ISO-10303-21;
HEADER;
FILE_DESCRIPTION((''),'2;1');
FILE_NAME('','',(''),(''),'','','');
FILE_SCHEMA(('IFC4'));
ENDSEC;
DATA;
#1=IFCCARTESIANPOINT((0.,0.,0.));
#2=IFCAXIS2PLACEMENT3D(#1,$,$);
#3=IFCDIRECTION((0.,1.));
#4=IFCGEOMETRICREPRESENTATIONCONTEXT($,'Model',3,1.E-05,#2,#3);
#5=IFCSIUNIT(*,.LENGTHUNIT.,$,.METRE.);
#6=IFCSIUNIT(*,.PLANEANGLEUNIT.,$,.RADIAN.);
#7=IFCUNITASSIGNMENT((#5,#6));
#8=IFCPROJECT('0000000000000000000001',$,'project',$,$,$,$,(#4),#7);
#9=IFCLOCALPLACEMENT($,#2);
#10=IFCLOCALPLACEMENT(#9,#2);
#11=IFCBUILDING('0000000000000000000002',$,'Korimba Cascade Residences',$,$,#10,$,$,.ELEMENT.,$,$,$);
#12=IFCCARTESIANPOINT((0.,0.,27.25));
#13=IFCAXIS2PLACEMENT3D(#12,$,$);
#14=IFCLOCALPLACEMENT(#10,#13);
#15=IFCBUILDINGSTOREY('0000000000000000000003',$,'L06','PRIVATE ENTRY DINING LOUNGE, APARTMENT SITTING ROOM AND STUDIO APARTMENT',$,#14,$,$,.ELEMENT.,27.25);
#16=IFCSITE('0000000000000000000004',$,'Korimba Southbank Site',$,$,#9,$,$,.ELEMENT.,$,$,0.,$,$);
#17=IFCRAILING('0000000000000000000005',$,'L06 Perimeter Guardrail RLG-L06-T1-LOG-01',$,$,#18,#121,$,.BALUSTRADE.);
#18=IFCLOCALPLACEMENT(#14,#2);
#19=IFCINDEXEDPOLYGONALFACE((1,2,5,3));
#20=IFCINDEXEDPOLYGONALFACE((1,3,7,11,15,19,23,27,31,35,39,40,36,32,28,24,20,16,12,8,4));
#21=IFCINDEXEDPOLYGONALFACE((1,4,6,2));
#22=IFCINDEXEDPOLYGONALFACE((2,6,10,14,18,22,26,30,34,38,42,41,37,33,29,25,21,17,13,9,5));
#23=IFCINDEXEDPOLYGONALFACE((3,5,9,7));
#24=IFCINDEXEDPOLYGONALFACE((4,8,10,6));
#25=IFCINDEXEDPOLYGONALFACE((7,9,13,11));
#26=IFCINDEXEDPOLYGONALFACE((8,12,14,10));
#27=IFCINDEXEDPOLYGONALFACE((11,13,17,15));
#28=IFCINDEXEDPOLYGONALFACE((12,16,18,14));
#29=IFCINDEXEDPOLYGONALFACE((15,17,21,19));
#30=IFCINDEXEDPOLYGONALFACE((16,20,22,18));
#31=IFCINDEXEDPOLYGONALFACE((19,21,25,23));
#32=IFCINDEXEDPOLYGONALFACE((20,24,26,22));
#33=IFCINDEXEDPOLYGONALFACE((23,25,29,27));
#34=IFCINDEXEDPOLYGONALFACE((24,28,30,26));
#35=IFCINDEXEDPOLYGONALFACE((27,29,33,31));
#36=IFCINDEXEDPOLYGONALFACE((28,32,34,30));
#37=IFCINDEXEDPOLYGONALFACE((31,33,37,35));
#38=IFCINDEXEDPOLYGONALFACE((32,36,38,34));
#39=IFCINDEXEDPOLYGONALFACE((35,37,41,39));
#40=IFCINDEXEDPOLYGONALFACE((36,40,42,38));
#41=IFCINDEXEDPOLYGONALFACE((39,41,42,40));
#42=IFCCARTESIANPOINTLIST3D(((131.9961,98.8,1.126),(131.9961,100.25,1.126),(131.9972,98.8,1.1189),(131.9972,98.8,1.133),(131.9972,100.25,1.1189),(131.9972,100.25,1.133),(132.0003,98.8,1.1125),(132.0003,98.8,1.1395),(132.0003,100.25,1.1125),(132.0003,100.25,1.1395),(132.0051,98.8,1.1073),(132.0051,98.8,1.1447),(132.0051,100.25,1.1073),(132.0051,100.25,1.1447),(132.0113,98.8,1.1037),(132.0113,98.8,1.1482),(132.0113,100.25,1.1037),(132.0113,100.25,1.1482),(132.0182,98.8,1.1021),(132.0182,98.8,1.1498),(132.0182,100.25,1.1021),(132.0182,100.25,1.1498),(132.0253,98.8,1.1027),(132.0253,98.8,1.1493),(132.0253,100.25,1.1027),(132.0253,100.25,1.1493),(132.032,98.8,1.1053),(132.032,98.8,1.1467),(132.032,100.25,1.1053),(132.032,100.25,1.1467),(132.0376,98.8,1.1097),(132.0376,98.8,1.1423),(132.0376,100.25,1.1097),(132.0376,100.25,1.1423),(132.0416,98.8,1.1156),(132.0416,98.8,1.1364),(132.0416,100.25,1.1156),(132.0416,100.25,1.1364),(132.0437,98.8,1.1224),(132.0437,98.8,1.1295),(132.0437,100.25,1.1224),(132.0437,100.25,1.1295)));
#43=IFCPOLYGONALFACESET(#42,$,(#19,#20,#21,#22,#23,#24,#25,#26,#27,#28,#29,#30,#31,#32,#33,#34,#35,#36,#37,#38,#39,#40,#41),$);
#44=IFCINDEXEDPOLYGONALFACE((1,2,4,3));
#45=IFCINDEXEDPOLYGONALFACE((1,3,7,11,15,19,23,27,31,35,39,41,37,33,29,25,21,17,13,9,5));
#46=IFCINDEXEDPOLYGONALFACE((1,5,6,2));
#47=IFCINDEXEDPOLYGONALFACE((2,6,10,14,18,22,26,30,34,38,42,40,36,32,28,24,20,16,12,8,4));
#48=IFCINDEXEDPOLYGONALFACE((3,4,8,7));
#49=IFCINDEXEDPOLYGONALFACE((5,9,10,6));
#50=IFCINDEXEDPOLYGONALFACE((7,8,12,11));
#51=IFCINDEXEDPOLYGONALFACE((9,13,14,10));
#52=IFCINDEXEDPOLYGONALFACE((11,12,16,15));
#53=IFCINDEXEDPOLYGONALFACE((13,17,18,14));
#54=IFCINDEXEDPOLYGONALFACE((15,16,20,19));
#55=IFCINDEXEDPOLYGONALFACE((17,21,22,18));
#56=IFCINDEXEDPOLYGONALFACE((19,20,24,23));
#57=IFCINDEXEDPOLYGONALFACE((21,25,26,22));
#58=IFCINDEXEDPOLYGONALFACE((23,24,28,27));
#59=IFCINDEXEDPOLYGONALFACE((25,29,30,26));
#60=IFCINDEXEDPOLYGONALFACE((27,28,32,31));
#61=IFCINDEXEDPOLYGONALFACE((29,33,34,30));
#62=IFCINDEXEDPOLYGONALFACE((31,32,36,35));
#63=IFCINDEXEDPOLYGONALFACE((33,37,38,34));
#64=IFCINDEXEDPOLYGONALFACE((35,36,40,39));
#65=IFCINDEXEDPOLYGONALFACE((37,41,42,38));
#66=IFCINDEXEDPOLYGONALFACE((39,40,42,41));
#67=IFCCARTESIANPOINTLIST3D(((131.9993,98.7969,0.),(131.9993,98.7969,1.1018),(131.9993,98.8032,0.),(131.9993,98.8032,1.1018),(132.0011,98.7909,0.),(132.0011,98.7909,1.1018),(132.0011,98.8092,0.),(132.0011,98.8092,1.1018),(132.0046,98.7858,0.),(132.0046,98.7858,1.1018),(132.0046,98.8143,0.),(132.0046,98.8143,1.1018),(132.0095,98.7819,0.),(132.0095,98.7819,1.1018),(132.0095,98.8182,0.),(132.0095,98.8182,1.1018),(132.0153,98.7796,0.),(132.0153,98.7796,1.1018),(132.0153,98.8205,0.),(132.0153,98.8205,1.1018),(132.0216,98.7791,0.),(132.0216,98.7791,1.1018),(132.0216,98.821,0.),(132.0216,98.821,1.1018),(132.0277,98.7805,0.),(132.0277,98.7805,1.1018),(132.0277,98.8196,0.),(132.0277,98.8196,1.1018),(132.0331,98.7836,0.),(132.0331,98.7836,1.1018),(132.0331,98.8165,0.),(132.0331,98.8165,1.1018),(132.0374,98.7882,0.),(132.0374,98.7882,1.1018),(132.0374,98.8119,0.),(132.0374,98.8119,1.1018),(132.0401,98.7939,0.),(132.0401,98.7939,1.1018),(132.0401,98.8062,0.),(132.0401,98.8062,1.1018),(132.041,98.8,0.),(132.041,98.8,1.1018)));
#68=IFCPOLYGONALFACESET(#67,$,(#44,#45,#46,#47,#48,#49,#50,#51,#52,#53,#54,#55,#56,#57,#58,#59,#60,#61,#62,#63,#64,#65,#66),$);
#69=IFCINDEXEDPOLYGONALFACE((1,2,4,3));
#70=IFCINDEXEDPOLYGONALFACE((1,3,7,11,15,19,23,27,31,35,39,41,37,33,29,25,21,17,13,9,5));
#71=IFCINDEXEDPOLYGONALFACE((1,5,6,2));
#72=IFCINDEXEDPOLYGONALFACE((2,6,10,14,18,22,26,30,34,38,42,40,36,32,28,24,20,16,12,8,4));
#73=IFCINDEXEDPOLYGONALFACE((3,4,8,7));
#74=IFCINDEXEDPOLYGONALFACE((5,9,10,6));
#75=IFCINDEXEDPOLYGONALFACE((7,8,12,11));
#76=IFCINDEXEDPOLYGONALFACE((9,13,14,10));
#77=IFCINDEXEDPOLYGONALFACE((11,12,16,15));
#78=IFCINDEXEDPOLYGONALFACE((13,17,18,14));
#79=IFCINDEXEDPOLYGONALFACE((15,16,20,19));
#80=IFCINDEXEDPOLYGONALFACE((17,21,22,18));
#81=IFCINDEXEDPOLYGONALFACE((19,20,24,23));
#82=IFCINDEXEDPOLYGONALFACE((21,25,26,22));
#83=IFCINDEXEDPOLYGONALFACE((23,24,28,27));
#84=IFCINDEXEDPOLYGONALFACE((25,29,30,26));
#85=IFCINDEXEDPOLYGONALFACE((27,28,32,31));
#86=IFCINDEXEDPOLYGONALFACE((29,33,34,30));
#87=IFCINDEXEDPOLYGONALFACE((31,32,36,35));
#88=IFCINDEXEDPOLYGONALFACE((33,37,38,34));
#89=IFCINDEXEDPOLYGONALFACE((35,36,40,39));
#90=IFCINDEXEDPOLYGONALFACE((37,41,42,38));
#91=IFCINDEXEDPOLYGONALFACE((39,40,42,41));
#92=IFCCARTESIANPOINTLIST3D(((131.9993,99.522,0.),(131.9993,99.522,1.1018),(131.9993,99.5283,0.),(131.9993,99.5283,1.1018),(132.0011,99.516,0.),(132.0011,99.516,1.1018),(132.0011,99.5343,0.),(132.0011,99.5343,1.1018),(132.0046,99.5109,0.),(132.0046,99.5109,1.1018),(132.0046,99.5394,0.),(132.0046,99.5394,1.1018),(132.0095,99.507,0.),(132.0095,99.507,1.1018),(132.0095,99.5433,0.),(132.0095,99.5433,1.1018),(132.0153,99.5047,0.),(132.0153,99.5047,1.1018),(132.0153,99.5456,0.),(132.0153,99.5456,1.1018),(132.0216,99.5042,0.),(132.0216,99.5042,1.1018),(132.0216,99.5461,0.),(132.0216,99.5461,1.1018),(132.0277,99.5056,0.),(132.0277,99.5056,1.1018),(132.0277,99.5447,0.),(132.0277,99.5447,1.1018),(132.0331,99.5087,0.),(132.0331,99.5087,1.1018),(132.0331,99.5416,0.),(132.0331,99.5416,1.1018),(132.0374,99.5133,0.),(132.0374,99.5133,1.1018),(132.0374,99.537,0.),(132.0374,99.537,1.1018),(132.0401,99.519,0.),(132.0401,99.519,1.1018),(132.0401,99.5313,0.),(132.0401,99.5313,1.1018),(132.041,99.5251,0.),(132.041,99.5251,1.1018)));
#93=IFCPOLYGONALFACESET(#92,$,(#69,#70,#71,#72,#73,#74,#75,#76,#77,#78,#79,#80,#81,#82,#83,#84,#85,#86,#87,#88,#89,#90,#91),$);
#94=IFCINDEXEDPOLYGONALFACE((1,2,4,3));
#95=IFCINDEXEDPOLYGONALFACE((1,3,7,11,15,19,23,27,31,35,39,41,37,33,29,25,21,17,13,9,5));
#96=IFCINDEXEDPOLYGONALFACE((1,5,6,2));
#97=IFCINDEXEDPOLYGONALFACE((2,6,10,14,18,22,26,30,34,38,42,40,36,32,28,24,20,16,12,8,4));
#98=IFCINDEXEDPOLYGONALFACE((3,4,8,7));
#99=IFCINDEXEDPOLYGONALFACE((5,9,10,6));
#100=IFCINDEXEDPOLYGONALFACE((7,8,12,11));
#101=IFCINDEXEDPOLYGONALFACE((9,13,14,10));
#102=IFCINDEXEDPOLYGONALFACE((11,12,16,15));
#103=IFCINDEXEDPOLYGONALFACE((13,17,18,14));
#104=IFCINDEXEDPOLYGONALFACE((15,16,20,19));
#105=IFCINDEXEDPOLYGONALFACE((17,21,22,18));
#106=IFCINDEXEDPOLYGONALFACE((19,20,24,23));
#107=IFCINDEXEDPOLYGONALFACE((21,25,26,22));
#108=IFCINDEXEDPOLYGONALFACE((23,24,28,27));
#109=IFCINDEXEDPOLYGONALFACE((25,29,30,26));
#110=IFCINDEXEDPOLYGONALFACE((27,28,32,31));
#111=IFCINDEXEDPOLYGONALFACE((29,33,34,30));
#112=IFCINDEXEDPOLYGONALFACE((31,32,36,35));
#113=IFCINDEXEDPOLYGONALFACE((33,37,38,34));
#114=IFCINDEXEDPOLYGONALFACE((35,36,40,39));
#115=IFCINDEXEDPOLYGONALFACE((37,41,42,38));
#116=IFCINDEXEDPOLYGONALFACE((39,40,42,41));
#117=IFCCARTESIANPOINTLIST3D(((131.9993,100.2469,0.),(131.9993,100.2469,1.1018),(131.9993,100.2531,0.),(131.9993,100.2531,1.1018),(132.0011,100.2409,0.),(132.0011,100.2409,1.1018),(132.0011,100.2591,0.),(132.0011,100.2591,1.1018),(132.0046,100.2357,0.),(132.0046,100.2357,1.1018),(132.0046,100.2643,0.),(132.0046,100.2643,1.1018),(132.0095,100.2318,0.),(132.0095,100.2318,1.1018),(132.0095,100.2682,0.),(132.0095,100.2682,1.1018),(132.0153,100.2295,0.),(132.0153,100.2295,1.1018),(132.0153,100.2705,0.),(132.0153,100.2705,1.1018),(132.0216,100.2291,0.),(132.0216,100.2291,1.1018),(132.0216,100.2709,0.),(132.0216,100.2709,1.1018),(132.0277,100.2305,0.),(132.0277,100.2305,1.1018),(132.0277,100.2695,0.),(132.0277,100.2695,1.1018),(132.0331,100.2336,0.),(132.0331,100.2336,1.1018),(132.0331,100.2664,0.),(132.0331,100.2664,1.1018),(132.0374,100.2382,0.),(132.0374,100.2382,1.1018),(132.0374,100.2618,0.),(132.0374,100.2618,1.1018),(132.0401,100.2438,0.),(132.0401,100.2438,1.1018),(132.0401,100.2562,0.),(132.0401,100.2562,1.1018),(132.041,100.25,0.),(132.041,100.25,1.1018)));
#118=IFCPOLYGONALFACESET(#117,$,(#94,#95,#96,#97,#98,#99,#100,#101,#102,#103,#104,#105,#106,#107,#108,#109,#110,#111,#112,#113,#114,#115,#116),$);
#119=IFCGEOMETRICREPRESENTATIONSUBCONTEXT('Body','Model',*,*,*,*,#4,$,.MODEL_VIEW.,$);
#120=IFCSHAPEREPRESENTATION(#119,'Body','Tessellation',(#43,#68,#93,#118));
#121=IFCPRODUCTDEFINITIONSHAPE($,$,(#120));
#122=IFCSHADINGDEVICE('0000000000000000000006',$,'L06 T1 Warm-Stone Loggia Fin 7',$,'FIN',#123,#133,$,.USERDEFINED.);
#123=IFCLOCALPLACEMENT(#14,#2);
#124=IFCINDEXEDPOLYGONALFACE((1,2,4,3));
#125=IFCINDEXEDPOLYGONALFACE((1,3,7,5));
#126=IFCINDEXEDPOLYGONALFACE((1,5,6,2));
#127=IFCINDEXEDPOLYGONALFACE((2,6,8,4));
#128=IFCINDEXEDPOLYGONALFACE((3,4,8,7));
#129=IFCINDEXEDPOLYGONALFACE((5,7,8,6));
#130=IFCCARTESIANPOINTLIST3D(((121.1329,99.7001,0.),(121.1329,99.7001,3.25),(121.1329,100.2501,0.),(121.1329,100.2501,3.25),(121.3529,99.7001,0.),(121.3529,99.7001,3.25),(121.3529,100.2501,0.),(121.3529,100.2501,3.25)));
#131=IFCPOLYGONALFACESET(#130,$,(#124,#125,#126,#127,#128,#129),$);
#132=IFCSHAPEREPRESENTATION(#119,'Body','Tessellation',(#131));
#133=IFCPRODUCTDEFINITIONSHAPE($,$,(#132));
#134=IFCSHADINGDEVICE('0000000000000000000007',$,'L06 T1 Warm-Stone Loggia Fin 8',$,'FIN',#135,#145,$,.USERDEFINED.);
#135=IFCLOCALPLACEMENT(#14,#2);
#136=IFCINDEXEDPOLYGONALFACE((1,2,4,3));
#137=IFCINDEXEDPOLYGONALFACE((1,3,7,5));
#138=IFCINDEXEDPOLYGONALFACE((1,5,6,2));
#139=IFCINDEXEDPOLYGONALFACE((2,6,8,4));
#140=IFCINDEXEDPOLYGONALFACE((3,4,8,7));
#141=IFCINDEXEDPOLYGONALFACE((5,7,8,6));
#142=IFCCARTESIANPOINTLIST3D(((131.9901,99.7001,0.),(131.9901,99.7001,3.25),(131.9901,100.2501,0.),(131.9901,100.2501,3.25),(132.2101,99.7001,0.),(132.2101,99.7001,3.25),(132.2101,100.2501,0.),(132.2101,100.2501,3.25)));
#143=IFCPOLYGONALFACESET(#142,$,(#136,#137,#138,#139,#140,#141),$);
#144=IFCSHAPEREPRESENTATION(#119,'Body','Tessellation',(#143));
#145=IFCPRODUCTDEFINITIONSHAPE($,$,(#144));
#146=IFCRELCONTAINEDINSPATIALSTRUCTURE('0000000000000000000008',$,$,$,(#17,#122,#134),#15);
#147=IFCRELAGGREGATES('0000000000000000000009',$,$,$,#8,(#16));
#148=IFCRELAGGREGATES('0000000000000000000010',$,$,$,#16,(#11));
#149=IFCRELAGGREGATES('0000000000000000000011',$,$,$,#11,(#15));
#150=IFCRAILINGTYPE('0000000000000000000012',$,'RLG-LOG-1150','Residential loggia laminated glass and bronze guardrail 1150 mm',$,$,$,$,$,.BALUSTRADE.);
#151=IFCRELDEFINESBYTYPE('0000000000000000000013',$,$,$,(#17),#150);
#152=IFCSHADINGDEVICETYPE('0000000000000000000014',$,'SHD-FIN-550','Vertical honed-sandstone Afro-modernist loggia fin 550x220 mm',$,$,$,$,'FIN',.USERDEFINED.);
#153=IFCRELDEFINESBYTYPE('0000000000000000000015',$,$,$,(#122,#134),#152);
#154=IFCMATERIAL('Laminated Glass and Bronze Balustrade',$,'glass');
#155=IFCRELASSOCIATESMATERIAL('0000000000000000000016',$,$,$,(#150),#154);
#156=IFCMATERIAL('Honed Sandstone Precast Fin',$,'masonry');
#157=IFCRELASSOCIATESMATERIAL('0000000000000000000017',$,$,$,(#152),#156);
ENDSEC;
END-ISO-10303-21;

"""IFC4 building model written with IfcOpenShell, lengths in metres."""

from ifc_helpers import new_model, si_unit, direction, frame, origin, origin_2d, place, context, subcontext, project, spatial, rectangle, circle, extrude, material, type_object, element, save


model = new_model("IFC4")

# Units and contexts
model_context = context("Model", 3, precision=1e-05, world=origin(), true_north=direction((0.0, 1.0)))
body_context = subcontext(model_context, "Body", "Model", "MODEL_VIEW")
ifc_project = project(units=[si_unit("LENGTHUNIT", "METRE"), si_unit("PLANEANGLEUNIT", "RADIAN")], contexts=[model_context])

# Site, building, storey
site_placement = place(None, origin())
site = spatial("IfcSite", under=ifc_project, at=site_placement, Name="Korimba Southbank Site", CompositionType="ELEMENT", RefElevation=0.0)
building_placement = place(site_placement, origin())
building = spatial("IfcBuilding", under=site, at=building_placement, Name="Korimba Cascade Residences", CompositionType="ELEMENT")
storey_placement = place(building_placement, frame((0.0, 0.0, 27.25)))
storey = spatial("IfcBuildingStorey", under=building, at=storey_placement, Name="L06", Description="PRIVATE ENTRY DINING LOUNGE, APARTMENT SITTING ROOM AND STUDIO APARTMENT", CompositionType="ELEMENT", Elevation=27.25)

# Railing
ifc_material_1 = material(Name="Laminated Glass and Bronze Balustrade", Category="glass")
railing_type = type_object("IfcRailingType", Name="RLG-LOG-1150", Description="Residential loggia laminated glass and bronze guardrail 1150 mm", PredefinedType="BALUSTRADE", material=ifc_material_1)
railing_1_placement = place(storey_placement, frame((132.02, 98.8, 0.0)))
element("IfcRailing", 1, at=railing_1_placement, inside=storey, type_object=railing_type, Name="L06 Perimeter Guardrail RLG-L06-T1-LOG-01", PredefinedType="BALUSTRADE", context=body_context, shape_type="SweptSolid", body=[
    extrude(circle(Radius=0.0239, at=origin_2d()), frame((0.0, 0.0, 1.126), z_axis=(0.0, 1.0, 0.0), x_axis=(-1.0, 0.0, 0.0)), (0.0, 0.0, 1.0), 1.45),
    extrude(circle(Radius=0.021, at=origin_2d()), origin(), (0.0, 0.0, 1.0), 1.1018),
    extrude(circle(Radius=0.021, at=origin_2d()), frame((0.0, 0.7251, 0.0)), (0.0, 0.0, 1.0), 1.1018),
    extrude(circle(Radius=0.021, at=origin_2d()), frame((0.0, 1.45, 0.0)), (0.0, 0.0, 1.0), 1.1018),
])

# Shading devices
ifc_material_2 = material(Name="Honed Sandstone Precast Fin", Category="masonry")
shading_device_type = type_object("IfcShadingDeviceType", Name="SHD-FIN-550", Description="Vertical honed-sandstone Afro-modernist loggia fin 550x220 mm", ElementType="FIN", PredefinedType="USERDEFINED", material=ifc_material_2)
for number, where, z_axis, x_axis, name in (
    (2, (121.2429, 99.9751, 0.0), (0.0, 0.0, 1.0), (1.0, 0.0, 0.0), "L06 T1 Warm-Stone Loggia Fin 7"),
    (3, (132.1001, 99.9751, 0.0), (0.0, 0.0, 1.0), (1.0, 0.0, 0.0), "L06 T1 Warm-Stone Loggia Fin 8"),
):
    element("IfcShadingDevice", number, at=place(storey_placement, frame(where, z_axis=z_axis, x_axis=x_axis)), inside=storey, type_object=shading_device_type, Name=name, ObjectType="FIN", PredefinedType="USERDEFINED", context=body_context, shape_type="SweptSolid", body=[
        extrude(rectangle(XDim=0.22, YDim=0.55, at=origin_2d()), origin(), (0.0, 0.0, 1.0), 3.25),
    ])

save(model, "model.ifc")
